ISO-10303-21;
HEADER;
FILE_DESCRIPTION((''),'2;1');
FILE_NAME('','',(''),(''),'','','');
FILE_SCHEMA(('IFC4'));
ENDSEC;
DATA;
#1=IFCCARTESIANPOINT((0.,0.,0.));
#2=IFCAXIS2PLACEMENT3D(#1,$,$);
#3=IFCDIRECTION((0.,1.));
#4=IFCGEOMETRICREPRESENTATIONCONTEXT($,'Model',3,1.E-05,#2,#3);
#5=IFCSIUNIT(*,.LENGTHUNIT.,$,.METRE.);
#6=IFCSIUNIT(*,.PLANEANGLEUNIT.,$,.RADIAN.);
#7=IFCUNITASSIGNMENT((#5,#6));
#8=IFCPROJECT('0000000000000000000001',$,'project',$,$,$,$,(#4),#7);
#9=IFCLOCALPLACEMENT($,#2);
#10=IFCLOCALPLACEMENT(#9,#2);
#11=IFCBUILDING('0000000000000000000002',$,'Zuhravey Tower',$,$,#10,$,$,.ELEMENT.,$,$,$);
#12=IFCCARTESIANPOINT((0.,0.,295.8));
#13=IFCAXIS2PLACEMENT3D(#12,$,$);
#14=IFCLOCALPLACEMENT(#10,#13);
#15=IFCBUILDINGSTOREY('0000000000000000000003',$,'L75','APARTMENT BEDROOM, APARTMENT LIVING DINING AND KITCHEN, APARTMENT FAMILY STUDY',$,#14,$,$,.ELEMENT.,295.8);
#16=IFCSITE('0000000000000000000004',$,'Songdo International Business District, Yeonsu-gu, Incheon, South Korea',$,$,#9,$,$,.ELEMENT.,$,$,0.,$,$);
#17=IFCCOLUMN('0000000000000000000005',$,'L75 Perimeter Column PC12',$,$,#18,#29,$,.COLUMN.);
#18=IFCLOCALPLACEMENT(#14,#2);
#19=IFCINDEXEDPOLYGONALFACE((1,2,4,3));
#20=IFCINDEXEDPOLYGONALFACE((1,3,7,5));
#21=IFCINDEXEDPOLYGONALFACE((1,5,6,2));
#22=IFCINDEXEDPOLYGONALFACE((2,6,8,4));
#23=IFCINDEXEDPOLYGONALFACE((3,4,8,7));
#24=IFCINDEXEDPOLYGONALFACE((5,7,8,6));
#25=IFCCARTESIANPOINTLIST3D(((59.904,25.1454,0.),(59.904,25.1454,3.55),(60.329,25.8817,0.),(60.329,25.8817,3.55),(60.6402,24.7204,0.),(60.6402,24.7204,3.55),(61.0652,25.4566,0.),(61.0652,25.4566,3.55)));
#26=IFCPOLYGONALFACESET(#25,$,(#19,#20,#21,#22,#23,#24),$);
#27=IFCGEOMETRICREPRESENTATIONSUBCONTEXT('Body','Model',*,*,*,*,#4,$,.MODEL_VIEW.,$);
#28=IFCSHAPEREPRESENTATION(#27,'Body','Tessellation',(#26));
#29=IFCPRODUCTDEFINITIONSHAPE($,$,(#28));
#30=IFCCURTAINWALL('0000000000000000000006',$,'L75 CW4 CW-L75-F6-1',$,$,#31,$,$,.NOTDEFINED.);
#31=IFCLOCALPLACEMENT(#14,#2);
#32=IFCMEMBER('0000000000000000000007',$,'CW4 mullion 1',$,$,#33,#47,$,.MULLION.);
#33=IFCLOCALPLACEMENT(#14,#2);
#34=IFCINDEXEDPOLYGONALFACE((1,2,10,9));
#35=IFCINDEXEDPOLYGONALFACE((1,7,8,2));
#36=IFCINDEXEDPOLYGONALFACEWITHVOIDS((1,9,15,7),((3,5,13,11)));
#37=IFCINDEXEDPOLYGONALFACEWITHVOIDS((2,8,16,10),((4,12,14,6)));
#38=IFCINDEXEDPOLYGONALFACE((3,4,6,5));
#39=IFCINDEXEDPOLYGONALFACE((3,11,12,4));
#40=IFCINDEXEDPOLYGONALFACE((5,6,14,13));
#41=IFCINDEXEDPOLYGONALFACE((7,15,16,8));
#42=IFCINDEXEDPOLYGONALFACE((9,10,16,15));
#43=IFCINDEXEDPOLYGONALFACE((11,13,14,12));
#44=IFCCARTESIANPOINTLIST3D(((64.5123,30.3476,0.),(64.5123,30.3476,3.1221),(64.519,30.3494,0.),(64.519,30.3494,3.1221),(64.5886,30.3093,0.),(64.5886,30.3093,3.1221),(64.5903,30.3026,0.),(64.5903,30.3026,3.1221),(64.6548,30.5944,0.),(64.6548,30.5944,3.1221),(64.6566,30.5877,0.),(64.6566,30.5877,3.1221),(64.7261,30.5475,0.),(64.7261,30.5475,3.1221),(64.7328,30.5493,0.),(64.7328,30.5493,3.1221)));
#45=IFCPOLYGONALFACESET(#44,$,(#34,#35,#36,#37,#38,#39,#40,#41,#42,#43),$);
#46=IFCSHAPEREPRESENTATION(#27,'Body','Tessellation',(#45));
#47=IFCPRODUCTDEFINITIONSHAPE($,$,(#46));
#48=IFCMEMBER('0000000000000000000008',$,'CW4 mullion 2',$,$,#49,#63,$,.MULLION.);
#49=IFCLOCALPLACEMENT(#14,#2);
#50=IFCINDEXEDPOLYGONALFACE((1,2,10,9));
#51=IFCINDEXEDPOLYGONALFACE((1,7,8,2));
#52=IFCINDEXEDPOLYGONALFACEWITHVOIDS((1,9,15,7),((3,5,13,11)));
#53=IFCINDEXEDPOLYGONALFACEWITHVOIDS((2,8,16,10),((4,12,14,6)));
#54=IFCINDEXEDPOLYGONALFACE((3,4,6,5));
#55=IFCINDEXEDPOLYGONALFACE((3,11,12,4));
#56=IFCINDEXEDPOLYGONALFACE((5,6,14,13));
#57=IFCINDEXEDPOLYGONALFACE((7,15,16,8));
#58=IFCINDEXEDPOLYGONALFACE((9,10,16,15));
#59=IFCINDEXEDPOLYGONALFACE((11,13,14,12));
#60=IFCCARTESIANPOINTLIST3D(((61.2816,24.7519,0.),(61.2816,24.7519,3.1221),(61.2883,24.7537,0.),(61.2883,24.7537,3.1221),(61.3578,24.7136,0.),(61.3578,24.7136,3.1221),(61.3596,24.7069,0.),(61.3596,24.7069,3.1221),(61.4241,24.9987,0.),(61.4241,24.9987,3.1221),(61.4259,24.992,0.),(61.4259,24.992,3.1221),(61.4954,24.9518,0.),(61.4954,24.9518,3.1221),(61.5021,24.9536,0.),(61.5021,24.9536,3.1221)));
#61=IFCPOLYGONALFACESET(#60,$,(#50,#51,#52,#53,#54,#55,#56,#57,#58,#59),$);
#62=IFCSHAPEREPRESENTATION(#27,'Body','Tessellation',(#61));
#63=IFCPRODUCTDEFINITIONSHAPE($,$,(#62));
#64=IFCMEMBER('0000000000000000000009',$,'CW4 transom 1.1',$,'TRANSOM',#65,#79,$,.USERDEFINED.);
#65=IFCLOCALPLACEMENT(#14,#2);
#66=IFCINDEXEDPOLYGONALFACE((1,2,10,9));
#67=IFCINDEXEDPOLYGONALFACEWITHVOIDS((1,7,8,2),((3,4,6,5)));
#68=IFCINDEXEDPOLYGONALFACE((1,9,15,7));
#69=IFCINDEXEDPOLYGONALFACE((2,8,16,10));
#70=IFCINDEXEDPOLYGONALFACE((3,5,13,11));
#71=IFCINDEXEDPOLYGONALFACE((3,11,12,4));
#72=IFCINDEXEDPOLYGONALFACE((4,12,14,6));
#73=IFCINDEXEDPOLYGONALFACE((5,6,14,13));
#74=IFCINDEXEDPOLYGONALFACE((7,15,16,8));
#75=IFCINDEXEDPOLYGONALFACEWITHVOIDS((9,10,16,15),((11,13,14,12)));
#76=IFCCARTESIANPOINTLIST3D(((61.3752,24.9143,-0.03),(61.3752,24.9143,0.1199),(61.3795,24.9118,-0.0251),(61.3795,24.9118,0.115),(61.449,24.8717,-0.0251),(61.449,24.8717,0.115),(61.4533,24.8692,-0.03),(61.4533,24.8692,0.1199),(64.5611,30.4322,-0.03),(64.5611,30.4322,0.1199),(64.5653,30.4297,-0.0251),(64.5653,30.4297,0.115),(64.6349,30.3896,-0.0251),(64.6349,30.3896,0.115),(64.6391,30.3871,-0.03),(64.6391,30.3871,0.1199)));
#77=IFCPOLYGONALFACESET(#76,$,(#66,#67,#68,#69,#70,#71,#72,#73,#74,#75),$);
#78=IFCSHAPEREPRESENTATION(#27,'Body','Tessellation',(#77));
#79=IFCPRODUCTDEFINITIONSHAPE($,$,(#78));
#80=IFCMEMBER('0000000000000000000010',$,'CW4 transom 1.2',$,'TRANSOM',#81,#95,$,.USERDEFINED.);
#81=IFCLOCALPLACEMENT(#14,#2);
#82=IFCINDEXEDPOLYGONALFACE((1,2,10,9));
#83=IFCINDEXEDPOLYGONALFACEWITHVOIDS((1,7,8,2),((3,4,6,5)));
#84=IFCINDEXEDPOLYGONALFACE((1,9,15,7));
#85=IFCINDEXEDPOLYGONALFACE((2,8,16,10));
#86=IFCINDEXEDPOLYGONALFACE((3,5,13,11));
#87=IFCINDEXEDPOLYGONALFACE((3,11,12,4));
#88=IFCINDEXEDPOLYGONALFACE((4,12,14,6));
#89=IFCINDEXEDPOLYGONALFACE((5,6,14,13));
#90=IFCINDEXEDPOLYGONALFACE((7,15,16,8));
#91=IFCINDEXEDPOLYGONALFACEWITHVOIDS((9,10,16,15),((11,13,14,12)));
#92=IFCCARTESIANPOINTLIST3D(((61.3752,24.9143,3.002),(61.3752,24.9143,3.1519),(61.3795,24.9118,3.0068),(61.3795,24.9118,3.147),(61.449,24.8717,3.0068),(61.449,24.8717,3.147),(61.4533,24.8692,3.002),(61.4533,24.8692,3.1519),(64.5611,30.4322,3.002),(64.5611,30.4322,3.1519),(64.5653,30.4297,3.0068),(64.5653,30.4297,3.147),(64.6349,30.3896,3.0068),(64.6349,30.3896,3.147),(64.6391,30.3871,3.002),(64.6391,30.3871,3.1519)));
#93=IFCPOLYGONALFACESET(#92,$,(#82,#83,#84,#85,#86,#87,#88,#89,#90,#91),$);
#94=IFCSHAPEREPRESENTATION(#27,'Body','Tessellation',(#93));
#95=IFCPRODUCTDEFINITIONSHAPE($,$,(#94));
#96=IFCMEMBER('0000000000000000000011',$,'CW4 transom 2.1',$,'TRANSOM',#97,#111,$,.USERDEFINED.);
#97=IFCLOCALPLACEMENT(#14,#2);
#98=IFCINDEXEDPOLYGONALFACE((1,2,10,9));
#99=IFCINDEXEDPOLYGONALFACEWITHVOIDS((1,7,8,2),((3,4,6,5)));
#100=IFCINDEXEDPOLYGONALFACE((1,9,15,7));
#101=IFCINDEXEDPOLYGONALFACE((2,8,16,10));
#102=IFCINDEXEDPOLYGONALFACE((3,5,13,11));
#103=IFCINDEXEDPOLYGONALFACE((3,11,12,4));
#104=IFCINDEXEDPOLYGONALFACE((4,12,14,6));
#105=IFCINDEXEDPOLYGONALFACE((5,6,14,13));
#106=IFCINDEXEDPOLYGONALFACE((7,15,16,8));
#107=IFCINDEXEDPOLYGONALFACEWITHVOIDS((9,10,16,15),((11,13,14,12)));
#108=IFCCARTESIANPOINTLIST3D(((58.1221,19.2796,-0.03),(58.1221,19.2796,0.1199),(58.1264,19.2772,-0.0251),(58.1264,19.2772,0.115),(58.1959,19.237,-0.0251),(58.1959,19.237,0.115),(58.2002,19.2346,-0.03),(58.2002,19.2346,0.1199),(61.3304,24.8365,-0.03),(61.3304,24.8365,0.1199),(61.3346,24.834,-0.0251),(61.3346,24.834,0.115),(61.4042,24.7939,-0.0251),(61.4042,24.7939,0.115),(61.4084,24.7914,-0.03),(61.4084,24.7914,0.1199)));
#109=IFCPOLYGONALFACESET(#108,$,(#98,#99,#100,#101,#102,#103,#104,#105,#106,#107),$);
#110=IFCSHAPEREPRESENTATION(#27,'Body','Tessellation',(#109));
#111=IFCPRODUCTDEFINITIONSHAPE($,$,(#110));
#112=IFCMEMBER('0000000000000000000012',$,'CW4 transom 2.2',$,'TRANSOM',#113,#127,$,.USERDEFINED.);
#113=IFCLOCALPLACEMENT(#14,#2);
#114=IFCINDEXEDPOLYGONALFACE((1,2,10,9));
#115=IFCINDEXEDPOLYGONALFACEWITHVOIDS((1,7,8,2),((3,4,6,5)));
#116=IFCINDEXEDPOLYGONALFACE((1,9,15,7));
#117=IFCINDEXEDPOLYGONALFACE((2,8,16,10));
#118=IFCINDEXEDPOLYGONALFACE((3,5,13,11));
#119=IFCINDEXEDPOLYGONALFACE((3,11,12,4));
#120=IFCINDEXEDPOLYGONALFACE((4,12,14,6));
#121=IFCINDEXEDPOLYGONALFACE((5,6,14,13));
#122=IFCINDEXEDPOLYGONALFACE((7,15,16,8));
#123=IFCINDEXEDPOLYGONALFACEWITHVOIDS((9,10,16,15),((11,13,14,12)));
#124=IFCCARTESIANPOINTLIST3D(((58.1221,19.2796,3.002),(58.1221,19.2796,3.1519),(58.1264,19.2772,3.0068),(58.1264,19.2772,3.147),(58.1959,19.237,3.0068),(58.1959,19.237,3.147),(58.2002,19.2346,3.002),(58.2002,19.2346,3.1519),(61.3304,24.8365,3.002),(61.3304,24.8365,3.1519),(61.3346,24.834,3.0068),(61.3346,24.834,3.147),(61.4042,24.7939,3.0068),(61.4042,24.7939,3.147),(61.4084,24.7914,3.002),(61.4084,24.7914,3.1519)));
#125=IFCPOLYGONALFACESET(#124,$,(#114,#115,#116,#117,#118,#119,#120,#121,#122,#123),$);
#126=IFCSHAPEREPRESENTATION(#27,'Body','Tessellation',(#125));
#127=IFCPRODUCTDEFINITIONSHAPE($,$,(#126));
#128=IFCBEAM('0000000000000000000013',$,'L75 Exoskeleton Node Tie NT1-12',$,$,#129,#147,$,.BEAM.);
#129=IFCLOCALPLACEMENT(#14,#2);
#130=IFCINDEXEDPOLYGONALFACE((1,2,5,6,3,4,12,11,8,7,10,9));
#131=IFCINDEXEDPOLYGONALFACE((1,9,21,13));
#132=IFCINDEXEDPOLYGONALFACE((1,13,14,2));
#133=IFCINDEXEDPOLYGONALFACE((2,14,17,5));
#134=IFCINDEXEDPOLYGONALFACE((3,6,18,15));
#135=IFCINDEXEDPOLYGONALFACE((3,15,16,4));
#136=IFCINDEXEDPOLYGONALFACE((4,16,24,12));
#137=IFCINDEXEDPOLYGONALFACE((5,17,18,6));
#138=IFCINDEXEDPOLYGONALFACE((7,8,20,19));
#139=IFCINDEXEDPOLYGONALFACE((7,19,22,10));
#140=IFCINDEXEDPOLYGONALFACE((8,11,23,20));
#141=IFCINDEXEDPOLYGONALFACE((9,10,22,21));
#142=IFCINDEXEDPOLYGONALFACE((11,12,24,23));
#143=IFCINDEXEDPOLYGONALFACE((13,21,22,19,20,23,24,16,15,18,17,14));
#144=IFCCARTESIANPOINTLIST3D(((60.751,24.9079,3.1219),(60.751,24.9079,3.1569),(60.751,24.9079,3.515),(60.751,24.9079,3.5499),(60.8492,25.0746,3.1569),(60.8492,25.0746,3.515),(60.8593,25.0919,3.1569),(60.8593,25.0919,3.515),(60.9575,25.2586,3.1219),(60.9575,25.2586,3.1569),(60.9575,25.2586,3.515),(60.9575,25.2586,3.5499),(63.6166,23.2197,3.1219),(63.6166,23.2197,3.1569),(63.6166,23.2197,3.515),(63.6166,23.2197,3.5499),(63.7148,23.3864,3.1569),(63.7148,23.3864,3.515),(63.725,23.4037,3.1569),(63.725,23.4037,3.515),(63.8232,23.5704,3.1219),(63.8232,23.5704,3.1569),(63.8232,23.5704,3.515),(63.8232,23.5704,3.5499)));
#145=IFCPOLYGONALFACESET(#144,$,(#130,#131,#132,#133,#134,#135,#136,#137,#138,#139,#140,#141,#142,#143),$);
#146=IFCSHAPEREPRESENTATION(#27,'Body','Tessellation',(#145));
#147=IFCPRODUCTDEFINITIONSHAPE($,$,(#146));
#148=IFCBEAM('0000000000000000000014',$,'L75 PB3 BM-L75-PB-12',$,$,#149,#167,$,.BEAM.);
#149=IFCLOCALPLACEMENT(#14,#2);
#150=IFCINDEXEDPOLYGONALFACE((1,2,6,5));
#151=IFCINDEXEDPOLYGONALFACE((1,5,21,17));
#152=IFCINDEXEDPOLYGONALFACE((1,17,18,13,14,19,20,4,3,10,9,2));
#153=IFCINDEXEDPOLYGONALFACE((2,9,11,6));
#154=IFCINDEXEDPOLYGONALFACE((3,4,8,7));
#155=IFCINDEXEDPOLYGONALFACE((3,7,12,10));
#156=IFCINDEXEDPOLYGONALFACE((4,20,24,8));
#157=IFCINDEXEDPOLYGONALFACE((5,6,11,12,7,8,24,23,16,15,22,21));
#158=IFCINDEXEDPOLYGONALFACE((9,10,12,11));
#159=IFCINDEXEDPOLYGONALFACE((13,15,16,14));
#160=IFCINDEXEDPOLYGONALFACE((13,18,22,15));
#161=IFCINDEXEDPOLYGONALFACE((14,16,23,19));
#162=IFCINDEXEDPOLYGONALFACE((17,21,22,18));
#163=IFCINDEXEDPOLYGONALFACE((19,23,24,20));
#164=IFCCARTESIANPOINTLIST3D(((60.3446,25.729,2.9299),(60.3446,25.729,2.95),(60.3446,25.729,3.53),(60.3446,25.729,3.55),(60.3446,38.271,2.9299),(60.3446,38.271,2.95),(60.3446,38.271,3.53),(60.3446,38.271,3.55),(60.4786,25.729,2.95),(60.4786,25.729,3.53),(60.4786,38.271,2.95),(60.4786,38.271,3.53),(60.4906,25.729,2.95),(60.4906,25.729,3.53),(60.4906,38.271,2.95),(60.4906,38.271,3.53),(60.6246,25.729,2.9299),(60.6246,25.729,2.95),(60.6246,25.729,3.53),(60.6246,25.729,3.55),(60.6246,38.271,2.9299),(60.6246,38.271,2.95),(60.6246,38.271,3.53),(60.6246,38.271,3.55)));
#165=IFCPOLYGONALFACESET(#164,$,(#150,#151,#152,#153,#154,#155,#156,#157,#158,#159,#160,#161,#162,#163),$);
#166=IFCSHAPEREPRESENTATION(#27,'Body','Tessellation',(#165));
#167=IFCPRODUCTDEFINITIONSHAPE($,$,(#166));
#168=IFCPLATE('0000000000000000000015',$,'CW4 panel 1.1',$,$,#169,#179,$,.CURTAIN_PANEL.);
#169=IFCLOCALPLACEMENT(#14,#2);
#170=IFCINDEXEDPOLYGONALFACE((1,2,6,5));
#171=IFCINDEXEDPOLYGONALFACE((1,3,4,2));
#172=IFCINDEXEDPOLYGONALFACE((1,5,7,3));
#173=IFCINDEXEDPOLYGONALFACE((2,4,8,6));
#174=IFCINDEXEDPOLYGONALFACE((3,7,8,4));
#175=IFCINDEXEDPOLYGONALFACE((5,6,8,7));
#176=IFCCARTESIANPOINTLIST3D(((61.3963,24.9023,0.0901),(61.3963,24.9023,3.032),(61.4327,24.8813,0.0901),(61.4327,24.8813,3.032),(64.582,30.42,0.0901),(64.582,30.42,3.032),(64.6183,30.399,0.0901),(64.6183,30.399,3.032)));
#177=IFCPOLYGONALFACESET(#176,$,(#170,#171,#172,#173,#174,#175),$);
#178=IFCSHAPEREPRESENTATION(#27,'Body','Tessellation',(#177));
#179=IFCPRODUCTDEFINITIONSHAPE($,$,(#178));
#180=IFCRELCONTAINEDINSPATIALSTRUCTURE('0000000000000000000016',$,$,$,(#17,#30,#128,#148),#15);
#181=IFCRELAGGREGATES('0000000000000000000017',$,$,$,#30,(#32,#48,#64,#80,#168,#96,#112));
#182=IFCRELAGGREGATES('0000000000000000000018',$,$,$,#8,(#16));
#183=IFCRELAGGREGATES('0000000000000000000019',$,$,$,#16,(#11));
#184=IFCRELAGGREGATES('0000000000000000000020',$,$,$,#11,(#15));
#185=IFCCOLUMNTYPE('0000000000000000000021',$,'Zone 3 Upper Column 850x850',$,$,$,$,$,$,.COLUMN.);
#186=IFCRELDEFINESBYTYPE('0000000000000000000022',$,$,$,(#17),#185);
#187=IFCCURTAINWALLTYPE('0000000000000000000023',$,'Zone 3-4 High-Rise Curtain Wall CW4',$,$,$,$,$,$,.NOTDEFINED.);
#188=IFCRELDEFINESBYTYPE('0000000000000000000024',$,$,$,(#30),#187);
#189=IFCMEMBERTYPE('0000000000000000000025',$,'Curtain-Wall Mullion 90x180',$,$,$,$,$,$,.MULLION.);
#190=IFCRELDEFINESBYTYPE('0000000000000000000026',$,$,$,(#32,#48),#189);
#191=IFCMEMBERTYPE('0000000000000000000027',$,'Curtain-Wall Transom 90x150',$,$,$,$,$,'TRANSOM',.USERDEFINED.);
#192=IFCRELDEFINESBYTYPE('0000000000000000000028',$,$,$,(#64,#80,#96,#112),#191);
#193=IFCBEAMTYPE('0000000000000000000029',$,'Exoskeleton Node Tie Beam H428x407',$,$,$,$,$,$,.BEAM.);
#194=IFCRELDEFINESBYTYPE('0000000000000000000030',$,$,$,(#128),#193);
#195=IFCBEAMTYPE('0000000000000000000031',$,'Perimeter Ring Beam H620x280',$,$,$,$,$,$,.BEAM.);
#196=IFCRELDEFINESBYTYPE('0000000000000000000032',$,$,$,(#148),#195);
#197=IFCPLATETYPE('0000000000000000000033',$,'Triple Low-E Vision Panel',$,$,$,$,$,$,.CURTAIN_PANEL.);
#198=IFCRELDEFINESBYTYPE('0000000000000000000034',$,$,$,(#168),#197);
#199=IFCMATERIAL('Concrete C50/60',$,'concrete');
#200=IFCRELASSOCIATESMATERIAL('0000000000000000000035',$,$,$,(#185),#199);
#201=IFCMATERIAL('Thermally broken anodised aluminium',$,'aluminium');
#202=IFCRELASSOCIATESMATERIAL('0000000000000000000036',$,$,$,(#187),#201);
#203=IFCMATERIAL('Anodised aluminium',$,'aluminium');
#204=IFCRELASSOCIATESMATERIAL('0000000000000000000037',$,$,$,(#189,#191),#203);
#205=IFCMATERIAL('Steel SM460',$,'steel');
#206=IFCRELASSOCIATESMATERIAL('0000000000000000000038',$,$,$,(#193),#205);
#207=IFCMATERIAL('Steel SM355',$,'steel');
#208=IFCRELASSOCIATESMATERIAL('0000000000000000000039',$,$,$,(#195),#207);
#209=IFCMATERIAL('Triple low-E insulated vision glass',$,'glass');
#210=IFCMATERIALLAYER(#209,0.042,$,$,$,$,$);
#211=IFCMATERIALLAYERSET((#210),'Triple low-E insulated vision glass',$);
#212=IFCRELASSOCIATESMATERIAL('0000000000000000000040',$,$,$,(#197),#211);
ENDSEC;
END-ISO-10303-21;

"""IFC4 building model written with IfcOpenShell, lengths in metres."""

from ifc_helpers import new_model, si_unit, direction, frame, origin, origin_2d, place, context, subcontext, project, spatial, rectangle, hollow_rectangle, i_section, extrude, material, layer, layer_set, material_profile, profile_set, type_object, element, aggregate, save


model = new_model("IFC4")

# Units and contexts
model_context = context("Model", 3, precision=1e-05, world=origin(), true_north=direction((0.0, 1.0)))
body_context = subcontext(model_context, "Body", "Model", "MODEL_VIEW")
ifc_project = project(units=[si_unit("LENGTHUNIT", "METRE"), si_unit("PLANEANGLEUNIT", "RADIAN")], contexts=[model_context])

# Site, building, storey
site_placement = place(None, origin())
site = spatial("IfcSite", under=ifc_project, at=site_placement, Name="Songdo International Business District, Yeonsu-gu, Incheon, South Korea", CompositionType="ELEMENT", RefElevation=0.0)
building_placement = place(site_placement, origin())
building = spatial("IfcBuilding", under=site, at=building_placement, Name="Zuhravey Tower", CompositionType="ELEMENT")
storey_placement = place(building_placement, frame((0.0, 0.0, 295.8)))
storey = spatial("IfcBuildingStorey", under=building, at=storey_placement, Name="L75", Description="APARTMENT BEDROOM, APARTMENT LIVING DINING AND KITCHEN, APARTMENT FAMILY STUDY", CompositionType="ELEMENT", Elevation=295.8)

# Column
ifc_material_1 = material(Name="Concrete C50/60", Category="concrete")
ifc_material_profile_1 = material_profile(ifc_material_1, rectangle(XDim=0.8501, YDim=0.8501, at=origin_2d()), Name="RC-850x850")
ifc_profile_set_1 = profile_set([ifc_material_profile_1], Name="Concrete C50/60")
column_type = type_object("IfcColumnType", Name="Zone 3 Upper Column 850x850", PredefinedType="COLUMN", material=ifc_profile_set_1)
column_placement = place(storey_placement, frame((60.4846, 25.301, 0.0), z_axis=(0.0, 0.0, 1.0), x_axis=(0.5, 0.866025, 0.0)))
element("IfcColumn", 1, at=column_placement, inside=storey, type_object=column_type, Name="L75 Perimeter Column PC12", PredefinedType="COLUMN", context=body_context, shape_type="SweptSolid", body=[
    extrude(rectangle(XDim=0.8501, YDim=0.8501, at=origin_2d()), origin(), (0.0, 0.0, 1.0), 3.55),
])

# Curtain wall, members
ifc_material_2 = material(Name="Thermally broken anodised aluminium", Category="aluminium")
curtain_wall_type = type_object("IfcCurtainWallType", Name="Zone 3-4 High-Rise Curtain Wall CW4", PredefinedType="NOTDEFINED", material=ifc_material_2)
curtain_wall_placement = place(storey_placement, origin())
curtain_wall = element("IfcCurtainWall", 2, at=curtain_wall_placement, inside=storey, type_object=curtain_wall_type, Name="L75 CW4 CW-L75-F6-1", PredefinedType="NOTDEFINED")
ifc_material_3 = material(Name="Anodised aluminium", Category="aluminium")
ifc_material_profile_2 = material_profile(ifc_material_3, hollow_rectangle(XDim=0.0901, YDim=0.2849, WallThickness=0.0049, at=origin_2d()), Name="ALU-RHS-90x285x5")
ifc_profile_set_2 = profile_set([ifc_material_profile_2], Name="Anodised aluminium")
member_type_1 = type_object("IfcMemberType", Name="Curtain-Wall Mullion 90x180", PredefinedType="MULLION", material=ifc_profile_set_2)
member_1_placement = place(storey_placement, frame((64.6226, 30.4485, 0.0), z_axis=(0.0, 0.0, 1.0), x_axis=(0.866025, -0.500001, 0.0)))
member_1 = element("IfcMember", 3, at=member_1_placement, type_object=member_type_1, Name="CW4 mullion 1", PredefinedType="MULLION", context=body_context, shape_type="SweptSolid", body=[
    extrude(hollow_rectangle(XDim=0.0901, YDim=0.2849, WallThickness=0.0049, at=origin_2d()), origin(), (0.0, 0.0, 1.0), 3.1221),
])
member_2_placement = place(storey_placement, frame((61.3918, 24.8528, 0.0), z_axis=(0.0, 0.0, 1.0), x_axis=(0.866025, -0.500001, 0.0)))
member_2 = element("IfcMember", 4, at=member_2_placement, type_object=member_type_1, Name="CW4 mullion 2", PredefinedType="MULLION", context=body_context, shape_type="SweptSolid", body=[
    extrude(hollow_rectangle(XDim=0.0901, YDim=0.2849, WallThickness=0.0049, at=origin_2d()), origin(), (0.0, 0.0, 1.0), 3.1221),
])
ifc_material_profile_3 = material_profile(ifc_material_3, hollow_rectangle(XDim=0.0901, YDim=0.1499, WallThickness=0.0049, at=origin_2d()), Name="ALU-RHS-90x150x5")
ifc_profile_set_3 = profile_set([ifc_material_profile_3], Name="Anodised aluminium")
member_type_2 = type_object("IfcMemberType", Name="Curtain-Wall Transom 90x150", ElementType="TRANSOM", PredefinedType="USERDEFINED", material=ifc_profile_set_3)
member_3_placement = place(storey_placement, frame((64.6001, 30.4097, 0.0449), z_axis=(-0.500009, -0.86602, 0.0), x_axis=(0.86602, -0.500009, 0.0)))
member_3 = element("IfcMember", 5, at=member_3_placement, type_object=member_type_2, Name="CW4 transom 1.1", ObjectType="TRANSOM", PredefinedType="USERDEFINED", context=body_context, shape_type="SweptSolid", body=[
    extrude(hollow_rectangle(XDim=0.0901, YDim=0.1499, WallThickness=0.0049, at=origin_2d()), origin(), (0.0, 0.0, 1.0), 6.3716),
])
member_4_placement = place(storey_placement, frame((64.6001, 30.4097, 3.0769), z_axis=(-0.500009, -0.86602, 0.0), x_axis=(0.86602, -0.500009, 0.0)))
member_4 = element("IfcMember", 6, at=member_4_placement, type_object=member_type_2, Name="CW4 transom 1.2", ObjectType="TRANSOM", PredefinedType="USERDEFINED", context=body_context, shape_type="SweptSolid", body=[
    extrude(hollow_rectangle(XDim=0.0901, YDim=0.1499, WallThickness=0.0049, at=origin_2d()), origin(), (0.0, 0.0, 1.0), 6.3716),
])
member_5_placement = place(storey_placement, frame((61.3694, 24.814, 0.0449), z_axis=(-0.499998, -0.866027, 0.0), x_axis=(0.866027, -0.499998, 0.0)))
member_5 = element("IfcMember", 7, at=member_5_placement, type_object=member_type_2, Name="CW4 transom 2.1", ObjectType="TRANSOM", PredefinedType="USERDEFINED", context=body_context, shape_type="SweptSolid", body=[
    extrude(hollow_rectangle(XDim=0.0901, YDim=0.1499, WallThickness=0.0049, at=origin_2d()), origin(), (0.0, 0.0, 1.0), 6.4165),
])
member_6_placement = place(storey_placement, frame((61.3694, 24.814, 3.0769), z_axis=(-0.499998, -0.866027, 0.0), x_axis=(0.866027, -0.499998, 0.0)))
member_6 = element("IfcMember", 8, at=member_6_placement, type_object=member_type_2, Name="CW4 transom 2.2", ObjectType="TRANSOM", PredefinedType="USERDEFINED", context=body_context, shape_type="SweptSolid", body=[
    extrude(hollow_rectangle(XDim=0.0901, YDim=0.1499, WallThickness=0.0049, at=origin_2d()), origin(), (0.0, 0.0, 1.0), 6.4165),
])

# Beams
ifc_material_4 = material(Name="Steel SM460", Category="steel")
ifc_material_profile_4 = material_profile(ifc_material_4, i_section(OverallWidth=0.407, OverallDepth=0.428, WebThickness=0.02, FlangeThickness=0.0349, at=origin_2d()), Name="H-428x407x20x35")
ifc_profile_set_4 = profile_set([ifc_material_profile_4], Name="Steel SM460")
beam_type_1 = type_object("IfcBeamType", Name="Exoskeleton Node Tie Beam H428x407", PredefinedType="BEAM", material=ifc_profile_set_4)
beam_1_placement = place(storey_placement, frame((60.8542, 25.0833, 3.3359), z_axis=(0.861604, -0.507581, 0.0), x_axis=(0.507581, 0.861604, 0.0)))
element("IfcBeam", 9, at=beam_1_placement, inside=storey, type_object=beam_type_1, Name="L75 Exoskeleton Node Tie NT1-12", PredefinedType="BEAM", context=body_context, shape_type="SweptSolid", body=[
    extrude(i_section(OverallWidth=0.407, OverallDepth=0.428, WebThickness=0.02, FlangeThickness=0.0349, at=origin_2d()), origin(), (0.0, 0.0, 1.0), 3.3259),
])
ifc_material_5 = material(Name="Steel SM355", Category="steel")
ifc_material_profile_5 = material_profile(ifc_material_5, i_section(OverallWidth=0.28, OverallDepth=0.6201, WebThickness=0.012, FlangeThickness=0.02, at=origin_2d()), Name="H-620x280x12x20")
ifc_profile_set_5 = profile_set([ifc_material_profile_5], Name="Steel SM355")
beam_type_2 = type_object("IfcBeamType", Name="Perimeter Ring Beam H620x280", PredefinedType="BEAM", material=ifc_profile_set_5)
beam_2_placement = place(storey_placement, frame((60.4846, 25.729, 3.24), z_axis=(0.0, 1.0, 0.0), x_axis=(-1.0, 0.0, 0.0)))
element("IfcBeam", 10, at=beam_2_placement, inside=storey, type_object=beam_type_2, Name="L75 PB3 BM-L75-PB-12", PredefinedType="BEAM", context=body_context, shape_type="SweptSolid", body=[
    extrude(i_section(OverallWidth=0.28, OverallDepth=0.6201, WebThickness=0.012, FlangeThickness=0.02, at=origin_2d()), origin(), (0.0, 0.0, 1.0), 12.542),
])

# Plate
ifc_material_6 = material(Name="Triple low-E insulated vision glass", Category="glass")
ifc_layer_1 = layer(ifc_material_6, 0.042)
ifc_layer_set_1 = layer_set([ifc_layer_1], Name="Triple low-E insulated vision glass")
plate_type = type_object("IfcPlateType", Name="Triple Low-E Vision Panel", PredefinedType="CURTAIN_PANEL", material=ifc_layer_set_1)
plate_1_placement = place(storey_placement, frame((63.0073, 27.6506, 0.0901), z_axis=(0.0, 0.0, 1.0), x_axis=(-0.500001, -0.866025, 0.0)))
plate_1 = element("IfcPlate", 11, at=plate_1_placement, type_object=plate_type, Name="CW4 panel 1.1", PredefinedType="CURTAIN_PANEL", context=body_context, shape_type="SweptSolid", body=[
    extrude(rectangle(XDim=6.3713, YDim=0.042, at=origin_2d()), origin(), (0.0, 0.0, 1.0), 2.9419),
])
aggregate(curtain_wall, [member_1, member_2, member_3, member_4, plate_1, member_5, member_6])

save(model, "model.ifc")
